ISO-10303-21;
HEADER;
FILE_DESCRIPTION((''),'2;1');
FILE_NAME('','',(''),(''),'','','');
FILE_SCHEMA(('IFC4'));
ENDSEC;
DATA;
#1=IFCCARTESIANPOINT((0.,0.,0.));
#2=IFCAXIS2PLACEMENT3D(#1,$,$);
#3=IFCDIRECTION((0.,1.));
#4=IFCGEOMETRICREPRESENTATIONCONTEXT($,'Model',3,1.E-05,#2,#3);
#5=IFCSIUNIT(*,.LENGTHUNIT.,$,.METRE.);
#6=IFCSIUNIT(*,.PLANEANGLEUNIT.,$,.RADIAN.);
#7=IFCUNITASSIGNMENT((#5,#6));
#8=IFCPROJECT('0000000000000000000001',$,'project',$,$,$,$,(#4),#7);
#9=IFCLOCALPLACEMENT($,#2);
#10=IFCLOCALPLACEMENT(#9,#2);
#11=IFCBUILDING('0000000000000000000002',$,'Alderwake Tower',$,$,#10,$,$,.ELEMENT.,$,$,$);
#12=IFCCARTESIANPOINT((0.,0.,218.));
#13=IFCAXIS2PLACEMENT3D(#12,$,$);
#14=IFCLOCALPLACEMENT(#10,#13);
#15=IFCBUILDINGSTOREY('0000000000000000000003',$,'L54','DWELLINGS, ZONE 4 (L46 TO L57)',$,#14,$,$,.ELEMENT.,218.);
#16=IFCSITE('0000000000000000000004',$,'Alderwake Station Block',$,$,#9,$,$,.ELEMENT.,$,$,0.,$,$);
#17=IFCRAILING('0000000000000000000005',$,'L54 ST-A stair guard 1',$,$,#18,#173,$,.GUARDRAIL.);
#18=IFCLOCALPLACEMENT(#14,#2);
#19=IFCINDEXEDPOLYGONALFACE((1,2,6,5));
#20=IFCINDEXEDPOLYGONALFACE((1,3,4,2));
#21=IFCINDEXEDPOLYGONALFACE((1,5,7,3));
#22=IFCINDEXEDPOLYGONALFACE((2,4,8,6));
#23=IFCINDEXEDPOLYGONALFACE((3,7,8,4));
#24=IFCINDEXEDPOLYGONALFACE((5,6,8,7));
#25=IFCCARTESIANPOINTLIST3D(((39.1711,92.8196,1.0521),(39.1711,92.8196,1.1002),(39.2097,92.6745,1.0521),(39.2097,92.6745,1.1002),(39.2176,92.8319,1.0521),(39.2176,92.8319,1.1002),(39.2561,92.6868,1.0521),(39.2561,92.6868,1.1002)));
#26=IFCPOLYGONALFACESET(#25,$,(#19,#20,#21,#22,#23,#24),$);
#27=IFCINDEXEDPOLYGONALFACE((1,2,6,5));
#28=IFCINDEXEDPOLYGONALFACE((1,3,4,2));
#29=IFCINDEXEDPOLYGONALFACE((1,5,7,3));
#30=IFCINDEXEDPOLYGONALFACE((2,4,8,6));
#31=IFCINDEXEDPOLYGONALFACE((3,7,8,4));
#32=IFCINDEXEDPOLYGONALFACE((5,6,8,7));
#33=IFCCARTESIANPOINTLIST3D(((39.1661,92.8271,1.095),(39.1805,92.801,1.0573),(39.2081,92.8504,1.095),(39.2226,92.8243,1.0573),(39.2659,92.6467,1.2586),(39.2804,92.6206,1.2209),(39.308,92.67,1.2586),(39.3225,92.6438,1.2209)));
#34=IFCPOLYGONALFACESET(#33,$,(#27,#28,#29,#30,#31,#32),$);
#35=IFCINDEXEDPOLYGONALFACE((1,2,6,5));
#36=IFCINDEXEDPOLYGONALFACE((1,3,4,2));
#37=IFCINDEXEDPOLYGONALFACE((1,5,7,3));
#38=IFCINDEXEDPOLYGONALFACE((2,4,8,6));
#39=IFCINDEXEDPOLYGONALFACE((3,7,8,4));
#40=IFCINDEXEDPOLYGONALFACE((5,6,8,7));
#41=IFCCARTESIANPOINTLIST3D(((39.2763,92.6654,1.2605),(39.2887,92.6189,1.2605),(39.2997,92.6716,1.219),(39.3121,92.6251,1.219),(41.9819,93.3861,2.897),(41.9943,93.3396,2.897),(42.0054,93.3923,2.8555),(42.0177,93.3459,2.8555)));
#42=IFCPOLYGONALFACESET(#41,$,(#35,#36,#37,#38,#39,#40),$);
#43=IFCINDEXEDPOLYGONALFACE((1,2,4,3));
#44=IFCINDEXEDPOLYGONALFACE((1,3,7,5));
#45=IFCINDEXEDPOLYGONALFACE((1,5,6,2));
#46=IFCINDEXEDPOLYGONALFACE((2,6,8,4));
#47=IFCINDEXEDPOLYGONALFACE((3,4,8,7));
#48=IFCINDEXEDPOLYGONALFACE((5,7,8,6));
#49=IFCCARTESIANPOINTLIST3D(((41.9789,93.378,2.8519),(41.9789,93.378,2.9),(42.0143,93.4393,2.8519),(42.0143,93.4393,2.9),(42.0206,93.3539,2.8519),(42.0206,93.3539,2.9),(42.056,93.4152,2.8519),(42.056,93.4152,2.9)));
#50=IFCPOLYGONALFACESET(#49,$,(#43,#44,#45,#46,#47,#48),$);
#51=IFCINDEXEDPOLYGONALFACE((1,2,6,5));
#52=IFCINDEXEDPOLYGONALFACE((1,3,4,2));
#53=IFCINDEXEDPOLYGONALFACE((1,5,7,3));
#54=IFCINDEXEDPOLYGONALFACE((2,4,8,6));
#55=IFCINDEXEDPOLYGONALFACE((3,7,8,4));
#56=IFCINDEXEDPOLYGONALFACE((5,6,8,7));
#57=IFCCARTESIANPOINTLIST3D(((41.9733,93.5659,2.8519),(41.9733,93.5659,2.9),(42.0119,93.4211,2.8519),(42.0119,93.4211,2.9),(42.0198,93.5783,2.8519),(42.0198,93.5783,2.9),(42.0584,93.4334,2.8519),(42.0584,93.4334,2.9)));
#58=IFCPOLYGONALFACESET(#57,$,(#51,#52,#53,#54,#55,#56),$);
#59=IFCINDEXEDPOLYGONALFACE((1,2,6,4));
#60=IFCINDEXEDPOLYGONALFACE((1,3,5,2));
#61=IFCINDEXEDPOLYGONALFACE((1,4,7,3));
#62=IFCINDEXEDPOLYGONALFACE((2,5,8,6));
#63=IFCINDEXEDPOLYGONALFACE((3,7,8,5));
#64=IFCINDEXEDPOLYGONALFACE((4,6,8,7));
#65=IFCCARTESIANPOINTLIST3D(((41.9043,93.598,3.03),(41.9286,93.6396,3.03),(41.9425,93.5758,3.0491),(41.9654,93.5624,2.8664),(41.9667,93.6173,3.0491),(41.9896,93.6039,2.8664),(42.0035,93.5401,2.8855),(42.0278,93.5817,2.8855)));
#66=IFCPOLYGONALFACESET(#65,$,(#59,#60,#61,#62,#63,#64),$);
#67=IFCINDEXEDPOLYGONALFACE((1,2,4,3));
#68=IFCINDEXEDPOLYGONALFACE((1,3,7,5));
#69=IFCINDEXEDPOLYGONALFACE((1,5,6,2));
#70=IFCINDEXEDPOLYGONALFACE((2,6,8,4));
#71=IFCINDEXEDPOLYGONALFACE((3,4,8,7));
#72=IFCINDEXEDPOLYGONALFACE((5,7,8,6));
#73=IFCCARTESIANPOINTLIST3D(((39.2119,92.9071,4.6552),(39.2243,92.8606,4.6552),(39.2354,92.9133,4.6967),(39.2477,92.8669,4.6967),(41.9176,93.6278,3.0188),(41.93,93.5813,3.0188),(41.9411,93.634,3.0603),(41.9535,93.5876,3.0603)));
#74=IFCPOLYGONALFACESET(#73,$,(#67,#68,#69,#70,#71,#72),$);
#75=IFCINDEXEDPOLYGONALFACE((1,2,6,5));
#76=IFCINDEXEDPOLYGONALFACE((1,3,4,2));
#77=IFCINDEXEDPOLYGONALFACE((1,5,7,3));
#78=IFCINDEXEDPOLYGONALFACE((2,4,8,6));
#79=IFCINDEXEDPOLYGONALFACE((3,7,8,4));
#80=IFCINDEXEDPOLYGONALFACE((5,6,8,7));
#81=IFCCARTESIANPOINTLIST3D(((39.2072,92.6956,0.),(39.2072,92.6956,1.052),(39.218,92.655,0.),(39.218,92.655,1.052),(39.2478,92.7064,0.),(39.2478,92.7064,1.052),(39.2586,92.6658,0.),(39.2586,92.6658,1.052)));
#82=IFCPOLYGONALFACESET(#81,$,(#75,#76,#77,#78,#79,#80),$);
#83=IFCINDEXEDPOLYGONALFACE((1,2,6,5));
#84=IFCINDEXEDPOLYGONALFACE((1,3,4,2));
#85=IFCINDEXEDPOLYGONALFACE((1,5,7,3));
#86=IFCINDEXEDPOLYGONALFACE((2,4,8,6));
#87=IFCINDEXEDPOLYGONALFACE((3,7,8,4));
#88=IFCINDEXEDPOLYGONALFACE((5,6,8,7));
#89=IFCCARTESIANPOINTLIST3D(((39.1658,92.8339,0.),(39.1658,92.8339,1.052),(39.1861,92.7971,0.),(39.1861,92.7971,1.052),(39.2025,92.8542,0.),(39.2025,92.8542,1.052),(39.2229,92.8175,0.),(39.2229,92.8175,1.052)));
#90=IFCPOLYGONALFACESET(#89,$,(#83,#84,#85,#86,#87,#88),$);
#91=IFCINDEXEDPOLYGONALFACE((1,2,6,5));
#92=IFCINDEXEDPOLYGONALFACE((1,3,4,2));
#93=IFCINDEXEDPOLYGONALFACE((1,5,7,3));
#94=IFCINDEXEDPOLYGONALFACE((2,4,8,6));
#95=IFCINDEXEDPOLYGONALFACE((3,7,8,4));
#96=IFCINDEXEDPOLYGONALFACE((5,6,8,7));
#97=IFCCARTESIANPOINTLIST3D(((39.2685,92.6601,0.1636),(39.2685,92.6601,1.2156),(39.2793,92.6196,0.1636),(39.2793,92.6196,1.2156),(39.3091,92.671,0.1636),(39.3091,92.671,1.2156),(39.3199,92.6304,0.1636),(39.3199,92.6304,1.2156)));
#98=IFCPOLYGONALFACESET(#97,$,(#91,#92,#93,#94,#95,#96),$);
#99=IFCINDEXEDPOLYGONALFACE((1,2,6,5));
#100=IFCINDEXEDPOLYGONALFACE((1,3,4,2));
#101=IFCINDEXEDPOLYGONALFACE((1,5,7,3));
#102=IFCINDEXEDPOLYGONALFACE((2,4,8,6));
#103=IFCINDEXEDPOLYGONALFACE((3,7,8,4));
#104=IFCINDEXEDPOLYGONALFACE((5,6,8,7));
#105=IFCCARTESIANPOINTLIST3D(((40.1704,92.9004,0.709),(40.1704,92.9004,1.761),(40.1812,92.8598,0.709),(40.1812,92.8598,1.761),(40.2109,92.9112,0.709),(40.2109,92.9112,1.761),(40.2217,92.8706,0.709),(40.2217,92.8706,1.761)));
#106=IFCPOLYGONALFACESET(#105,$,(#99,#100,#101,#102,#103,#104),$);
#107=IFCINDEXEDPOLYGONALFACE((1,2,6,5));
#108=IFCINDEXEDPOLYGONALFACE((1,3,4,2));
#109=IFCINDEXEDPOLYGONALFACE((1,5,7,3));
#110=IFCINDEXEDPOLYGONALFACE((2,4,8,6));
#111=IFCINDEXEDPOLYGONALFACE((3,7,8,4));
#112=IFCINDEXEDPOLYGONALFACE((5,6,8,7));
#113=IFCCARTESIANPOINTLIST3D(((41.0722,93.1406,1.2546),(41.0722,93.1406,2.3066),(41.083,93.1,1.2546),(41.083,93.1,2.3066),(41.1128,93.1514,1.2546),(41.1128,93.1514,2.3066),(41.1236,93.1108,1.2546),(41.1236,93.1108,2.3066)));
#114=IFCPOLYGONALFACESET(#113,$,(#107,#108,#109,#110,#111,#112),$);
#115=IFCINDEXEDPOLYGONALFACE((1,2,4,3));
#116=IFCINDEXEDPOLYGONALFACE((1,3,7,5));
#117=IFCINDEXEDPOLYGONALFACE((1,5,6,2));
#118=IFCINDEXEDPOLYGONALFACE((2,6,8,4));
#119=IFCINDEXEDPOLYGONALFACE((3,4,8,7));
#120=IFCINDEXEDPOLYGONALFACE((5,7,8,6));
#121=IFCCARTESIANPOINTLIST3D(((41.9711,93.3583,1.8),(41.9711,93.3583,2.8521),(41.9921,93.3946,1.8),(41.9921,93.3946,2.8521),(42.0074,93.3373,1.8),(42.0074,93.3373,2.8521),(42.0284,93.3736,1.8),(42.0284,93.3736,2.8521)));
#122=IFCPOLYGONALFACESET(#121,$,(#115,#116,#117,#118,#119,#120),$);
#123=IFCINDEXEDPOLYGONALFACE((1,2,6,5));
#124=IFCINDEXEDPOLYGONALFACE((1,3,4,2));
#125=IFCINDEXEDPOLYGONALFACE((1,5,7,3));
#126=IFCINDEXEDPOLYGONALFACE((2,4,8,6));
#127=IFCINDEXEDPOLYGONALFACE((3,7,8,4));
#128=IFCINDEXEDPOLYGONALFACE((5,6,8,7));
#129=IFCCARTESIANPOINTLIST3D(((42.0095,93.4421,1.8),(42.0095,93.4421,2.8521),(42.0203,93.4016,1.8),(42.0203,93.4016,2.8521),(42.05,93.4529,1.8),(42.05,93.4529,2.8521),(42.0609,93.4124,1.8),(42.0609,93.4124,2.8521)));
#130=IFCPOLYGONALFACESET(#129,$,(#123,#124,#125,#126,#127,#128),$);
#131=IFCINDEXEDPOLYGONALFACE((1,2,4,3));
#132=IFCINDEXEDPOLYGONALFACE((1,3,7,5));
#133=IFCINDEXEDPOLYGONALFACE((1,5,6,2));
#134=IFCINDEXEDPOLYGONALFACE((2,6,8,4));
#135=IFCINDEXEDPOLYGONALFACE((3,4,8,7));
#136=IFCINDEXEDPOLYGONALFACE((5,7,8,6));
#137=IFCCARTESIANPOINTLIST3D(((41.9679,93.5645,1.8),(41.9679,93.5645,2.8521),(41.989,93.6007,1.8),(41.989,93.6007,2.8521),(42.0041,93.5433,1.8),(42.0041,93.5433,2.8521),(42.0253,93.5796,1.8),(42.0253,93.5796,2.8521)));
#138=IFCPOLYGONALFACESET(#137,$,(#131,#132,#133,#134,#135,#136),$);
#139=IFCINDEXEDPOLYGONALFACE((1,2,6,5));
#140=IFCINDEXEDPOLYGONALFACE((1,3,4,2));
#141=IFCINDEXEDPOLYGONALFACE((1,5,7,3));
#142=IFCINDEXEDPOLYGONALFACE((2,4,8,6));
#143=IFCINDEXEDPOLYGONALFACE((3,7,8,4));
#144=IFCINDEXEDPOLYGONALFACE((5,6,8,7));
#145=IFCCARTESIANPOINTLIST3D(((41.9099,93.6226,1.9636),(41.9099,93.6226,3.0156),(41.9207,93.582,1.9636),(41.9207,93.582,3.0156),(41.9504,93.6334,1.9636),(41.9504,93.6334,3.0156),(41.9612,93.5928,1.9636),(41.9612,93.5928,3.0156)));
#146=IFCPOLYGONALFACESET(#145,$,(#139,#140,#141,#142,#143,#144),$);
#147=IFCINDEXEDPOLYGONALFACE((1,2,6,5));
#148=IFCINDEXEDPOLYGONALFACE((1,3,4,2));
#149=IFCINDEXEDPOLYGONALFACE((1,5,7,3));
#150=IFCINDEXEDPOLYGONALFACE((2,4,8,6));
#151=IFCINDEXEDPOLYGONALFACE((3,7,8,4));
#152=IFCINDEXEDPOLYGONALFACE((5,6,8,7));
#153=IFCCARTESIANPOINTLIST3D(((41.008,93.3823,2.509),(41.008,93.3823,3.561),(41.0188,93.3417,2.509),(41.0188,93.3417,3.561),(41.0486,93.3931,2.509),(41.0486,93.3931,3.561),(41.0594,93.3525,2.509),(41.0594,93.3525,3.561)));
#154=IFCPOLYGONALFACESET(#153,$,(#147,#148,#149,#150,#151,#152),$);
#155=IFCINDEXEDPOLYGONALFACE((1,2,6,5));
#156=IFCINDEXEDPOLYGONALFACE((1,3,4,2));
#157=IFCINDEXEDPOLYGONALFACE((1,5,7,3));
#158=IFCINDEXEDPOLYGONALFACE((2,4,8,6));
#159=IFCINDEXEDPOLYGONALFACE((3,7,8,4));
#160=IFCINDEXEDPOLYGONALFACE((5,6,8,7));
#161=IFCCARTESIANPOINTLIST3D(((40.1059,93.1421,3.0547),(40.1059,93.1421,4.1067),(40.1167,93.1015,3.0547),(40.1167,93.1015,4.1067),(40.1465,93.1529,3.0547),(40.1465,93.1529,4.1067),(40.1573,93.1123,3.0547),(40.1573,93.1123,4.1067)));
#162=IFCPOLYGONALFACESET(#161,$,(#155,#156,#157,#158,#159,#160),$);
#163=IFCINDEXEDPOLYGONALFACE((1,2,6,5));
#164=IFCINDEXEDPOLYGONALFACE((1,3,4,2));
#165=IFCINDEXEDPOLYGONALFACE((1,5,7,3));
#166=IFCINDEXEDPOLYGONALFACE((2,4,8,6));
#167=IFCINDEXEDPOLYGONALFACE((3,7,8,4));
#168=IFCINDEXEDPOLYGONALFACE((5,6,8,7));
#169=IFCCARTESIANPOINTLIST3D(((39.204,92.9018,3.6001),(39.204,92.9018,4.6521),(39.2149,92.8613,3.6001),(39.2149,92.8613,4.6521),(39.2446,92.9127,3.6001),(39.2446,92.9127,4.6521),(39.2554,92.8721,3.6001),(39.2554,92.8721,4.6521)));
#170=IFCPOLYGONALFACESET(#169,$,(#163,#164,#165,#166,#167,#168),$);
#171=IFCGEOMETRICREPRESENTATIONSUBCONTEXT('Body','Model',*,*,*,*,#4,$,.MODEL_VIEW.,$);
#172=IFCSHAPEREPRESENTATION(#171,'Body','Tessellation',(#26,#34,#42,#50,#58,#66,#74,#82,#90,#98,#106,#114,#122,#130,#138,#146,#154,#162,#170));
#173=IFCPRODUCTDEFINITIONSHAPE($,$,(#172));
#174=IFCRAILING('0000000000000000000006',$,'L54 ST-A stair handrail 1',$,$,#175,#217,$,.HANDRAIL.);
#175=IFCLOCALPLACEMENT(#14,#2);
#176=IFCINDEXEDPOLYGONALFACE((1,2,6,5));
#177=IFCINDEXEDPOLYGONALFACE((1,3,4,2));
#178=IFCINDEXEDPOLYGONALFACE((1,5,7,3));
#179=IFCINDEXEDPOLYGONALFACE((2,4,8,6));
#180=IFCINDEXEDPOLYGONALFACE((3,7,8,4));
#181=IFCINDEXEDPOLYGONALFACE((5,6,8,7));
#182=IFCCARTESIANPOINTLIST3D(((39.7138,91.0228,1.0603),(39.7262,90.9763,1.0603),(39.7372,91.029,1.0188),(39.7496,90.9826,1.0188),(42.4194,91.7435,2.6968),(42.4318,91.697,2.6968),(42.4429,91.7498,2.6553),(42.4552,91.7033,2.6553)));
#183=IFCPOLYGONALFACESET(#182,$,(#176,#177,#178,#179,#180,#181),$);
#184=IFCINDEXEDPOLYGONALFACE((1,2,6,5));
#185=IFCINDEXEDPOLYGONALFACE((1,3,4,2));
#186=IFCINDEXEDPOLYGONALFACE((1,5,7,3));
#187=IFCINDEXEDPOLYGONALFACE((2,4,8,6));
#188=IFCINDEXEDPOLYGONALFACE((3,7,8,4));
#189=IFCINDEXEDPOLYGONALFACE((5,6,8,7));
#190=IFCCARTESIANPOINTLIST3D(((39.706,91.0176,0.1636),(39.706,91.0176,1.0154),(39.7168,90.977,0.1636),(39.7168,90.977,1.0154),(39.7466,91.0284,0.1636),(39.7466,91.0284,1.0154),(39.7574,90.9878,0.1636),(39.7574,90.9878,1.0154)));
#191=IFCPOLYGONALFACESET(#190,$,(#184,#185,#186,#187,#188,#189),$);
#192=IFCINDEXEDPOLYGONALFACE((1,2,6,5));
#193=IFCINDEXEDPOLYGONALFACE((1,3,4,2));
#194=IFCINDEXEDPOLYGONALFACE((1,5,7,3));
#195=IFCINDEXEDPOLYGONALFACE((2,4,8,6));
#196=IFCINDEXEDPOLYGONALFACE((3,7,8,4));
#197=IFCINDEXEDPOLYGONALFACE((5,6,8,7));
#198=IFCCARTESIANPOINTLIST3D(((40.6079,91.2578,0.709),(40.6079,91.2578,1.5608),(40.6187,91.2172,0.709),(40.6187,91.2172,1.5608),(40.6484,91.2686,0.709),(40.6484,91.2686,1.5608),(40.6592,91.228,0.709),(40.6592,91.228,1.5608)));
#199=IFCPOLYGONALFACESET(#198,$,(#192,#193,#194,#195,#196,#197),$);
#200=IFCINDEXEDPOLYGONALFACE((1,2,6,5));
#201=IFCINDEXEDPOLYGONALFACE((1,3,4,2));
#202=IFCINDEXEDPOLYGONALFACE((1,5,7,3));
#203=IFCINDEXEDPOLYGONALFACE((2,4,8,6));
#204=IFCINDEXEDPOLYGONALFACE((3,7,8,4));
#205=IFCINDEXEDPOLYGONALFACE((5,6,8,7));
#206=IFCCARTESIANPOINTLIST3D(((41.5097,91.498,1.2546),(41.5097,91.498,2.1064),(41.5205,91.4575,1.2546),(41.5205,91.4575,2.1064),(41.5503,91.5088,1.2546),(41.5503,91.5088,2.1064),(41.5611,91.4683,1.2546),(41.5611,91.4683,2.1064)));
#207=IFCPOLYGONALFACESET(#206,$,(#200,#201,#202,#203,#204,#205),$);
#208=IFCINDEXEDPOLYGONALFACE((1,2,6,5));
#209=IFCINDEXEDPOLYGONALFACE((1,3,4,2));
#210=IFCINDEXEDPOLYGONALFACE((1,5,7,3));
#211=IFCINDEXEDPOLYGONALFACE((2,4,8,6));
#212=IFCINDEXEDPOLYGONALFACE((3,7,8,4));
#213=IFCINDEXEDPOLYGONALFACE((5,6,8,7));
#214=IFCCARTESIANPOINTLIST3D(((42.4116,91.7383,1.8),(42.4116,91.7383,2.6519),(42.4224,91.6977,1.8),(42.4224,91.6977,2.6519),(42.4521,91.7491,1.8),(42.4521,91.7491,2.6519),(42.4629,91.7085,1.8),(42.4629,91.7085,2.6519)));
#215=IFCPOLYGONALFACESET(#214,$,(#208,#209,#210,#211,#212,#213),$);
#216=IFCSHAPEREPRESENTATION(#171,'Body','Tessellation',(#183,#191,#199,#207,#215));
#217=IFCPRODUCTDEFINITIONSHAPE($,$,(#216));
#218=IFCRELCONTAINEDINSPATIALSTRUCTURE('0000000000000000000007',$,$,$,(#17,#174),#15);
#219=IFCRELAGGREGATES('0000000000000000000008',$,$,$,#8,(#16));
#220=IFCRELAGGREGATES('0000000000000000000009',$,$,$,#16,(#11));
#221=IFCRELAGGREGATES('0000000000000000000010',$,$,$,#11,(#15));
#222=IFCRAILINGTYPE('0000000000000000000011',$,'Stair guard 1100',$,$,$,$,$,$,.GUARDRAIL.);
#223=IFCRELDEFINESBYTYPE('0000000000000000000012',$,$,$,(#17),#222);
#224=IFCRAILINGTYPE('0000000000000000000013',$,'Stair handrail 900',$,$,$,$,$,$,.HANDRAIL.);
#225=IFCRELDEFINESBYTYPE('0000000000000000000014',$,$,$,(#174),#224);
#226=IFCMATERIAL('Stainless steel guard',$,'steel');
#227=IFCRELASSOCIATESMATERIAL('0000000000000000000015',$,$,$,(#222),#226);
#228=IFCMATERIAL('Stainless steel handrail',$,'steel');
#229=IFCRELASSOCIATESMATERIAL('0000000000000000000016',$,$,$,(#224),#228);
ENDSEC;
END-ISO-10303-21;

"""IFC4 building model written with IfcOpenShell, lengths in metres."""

from ifc_helpers import new_model, si_unit, direction, frame, origin, origin_2d, place, context, subcontext, project, spatial, rectangle, extrude, material, type_object, element, save


model = new_model("IFC4")

# Units and contexts
model_context = context("Model", 3, precision=1e-05, world=origin(), true_north=direction((0.0, 1.0)))
body_context = subcontext(model_context, "Body", "Model", "MODEL_VIEW")
ifc_project = project(units=[si_unit("LENGTHUNIT", "METRE"), si_unit("PLANEANGLEUNIT", "RADIAN")], contexts=[model_context])

# Site, building, storey
site_placement = place(None, origin())
site = spatial("IfcSite", under=ifc_project, at=site_placement, Name="Alderwake Station Block", CompositionType="ELEMENT", RefElevation=0.0)
building_placement = place(site_placement, origin())
building = spatial("IfcBuilding", under=site, at=building_placement, Name="Alderwake Tower", CompositionType="ELEMENT")
storey_placement = place(building_placement, frame((0.0, 0.0, 218.0)))
storey = spatial("IfcBuildingStorey", under=building, at=storey_placement, Name="L54", Description="DWELLINGS, ZONE 4 (L46 TO L57)", CompositionType="ELEMENT", Elevation=218.0)

# Railings
ifc_material_1 = material(Name="Stainless steel guard", Category="steel")
railing_type_1 = type_object("IfcRailingType", Name="Stair guard 1100", PredefinedType="GUARDRAIL", material=ifc_material_1)
railing_1_placement = place(storey_placement, frame((39.2329, 92.6807, 0.0)))
element("IfcRailing", 1, at=railing_1_placement, inside=storey, type_object=railing_type_1, Name="L54 ST-A stair guard 1", PredefinedType="GUARDRAIL", context=body_context, shape_type="SweptSolid", body=[
    extrude(rectangle(XDim=0.0481, YDim=0.0481, at=origin_2d()), frame((0.0, 0.0, 1.0762), z_axis=(-0.257055, 0.966397, 0.0), x_axis=(-0.966397, -0.257055, 0.0)), (0.0, 0.0, 1.0), 0.1501),
    extrude(rectangle(XDim=0.0481, YDim=0.0481, at=origin_2d()), frame((-0.0386, 0.145, 1.0762), z_axis=(0.379371, -0.685464, 0.621463), x_axis=(0.874938, 0.484235, 0.0)), (0.0, 0.0, 1.0), 0.2632),
    extrude(rectangle(XDim=0.0481, YDim=0.0481, at=origin_2d()), frame((0.0613, -0.0354, 1.2397), z_axis=(0.834259, 0.222228, 0.504605), x_axis=(-0.257402, 0.966304, 0.0)), (0.0, 0.0, 1.0), 3.2432),
    extrude(rectangle(XDim=0.0481, YDim=0.0481, at=origin_2d()), frame((2.7668, 0.6853, 2.876), z_axis=(0.50022, 0.865898, 0.0), x_axis=(-0.865898, 0.50022, 0.0)), (0.0, 0.0, 1.0), 0.0708),
    extrude(rectangle(XDim=0.0481, YDim=0.0481, at=origin_2d()), frame((2.8022, 0.7466, 2.876), z_axis=(-0.25746, 0.966289, 0.0), x_axis=(-0.966289, -0.25746, 0.0)), (0.0, 0.0, 1.0), 0.1499),
    extrude(rectangle(XDim=0.0481, YDim=0.0481, at=origin_2d()), frame((2.7637, 0.8914, 2.876), z_axis=(-0.342525, 0.200035, 0.917967), x_axis=(-0.5043, -0.863528, 0.0)), (0.0, 0.0, 1.0), 0.1782),
    extrude(rectangle(XDim=0.0481, YDim=0.0481, at=origin_2d()), frame((2.7026, 0.927, 3.0396), z_axis=(-0.834282, -0.222214, 0.504574), x_axis=(0.25738, -0.96631, 0.0)), (0.0, 0.0, 1.0), 3.2432),
    extrude(rectangle(XDim=0.042, YDim=0.042, at=origin_2d()), frame((0.0, 0.0, 0.0), z_axis=(0.0, 0.0, 1.0), x_axis=(-0.257055, 0.966397, 0.0)), (0.0, 0.0, 1.0), 1.052),
    extrude(rectangle(XDim=0.042, YDim=0.042, at=origin_2d()), frame((-0.0386, 0.145, 0.0), z_axis=(0.0, 0.0, 1.0), x_axis=(0.484235, -0.874938, 0.0)), (0.0, 0.0, 1.0), 1.052),
    extrude(rectangle(XDim=0.042, YDim=0.042, at=origin_2d()), frame((0.0613, -0.0354, 0.1636), z_axis=(0.0, 0.0, 1.0), x_axis=(0.966304, 0.257402, 0.0)), (0.0, 0.0, 1.0), 1.052),
    extrude(rectangle(XDim=0.042, YDim=0.042, at=origin_2d()), frame((0.9631, 0.2048, 0.709), z_axis=(0.0, 0.0, 1.0), x_axis=(0.966304, 0.257402, 0.0)), (0.0, 0.0, 1.0), 1.052),
    extrude(rectangle(XDim=0.042, YDim=0.042, at=origin_2d()), frame((1.865, 0.4451, 1.2546), z_axis=(0.0, 0.0, 1.0), x_axis=(0.966304, 0.257402, 0.0)), (0.0, 0.0, 1.0), 1.052),
    extrude(rectangle(XDim=0.042, YDim=0.042, at=origin_2d()), frame((2.7668, 0.6853, 1.8), z_axis=(0.0, 0.0, 1.0), x_axis=(0.50022, 0.865898, 0.0)), (0.0, 0.0, 1.0), 1.052),
    extrude(rectangle(XDim=0.042, YDim=0.042, at=origin_2d()), frame((2.8022, 0.7466, 1.8), z_axis=(0.0, 0.0, 1.0), x_axis=(-0.25746, 0.966289, 0.0)), (0.0, 0.0, 1.0), 1.052),
    extrude(rectangle(XDim=0.042, YDim=0.042, at=origin_2d()), frame((2.7637, 0.8914, 1.8), z_axis=(0.0, 0.0, 1.0), x_axis=(-0.863528, 0.5043, 0.0)), (0.0, 0.0, 1.0), 1.052),
    extrude(rectangle(XDim=0.042, YDim=0.042, at=origin_2d()), frame((2.7026, 0.927, 1.9636), z_axis=(0.0, 0.0, 1.0), x_axis=(-0.96631, -0.25738, 0.0)), (0.0, 0.0, 1.0), 1.052),
    extrude(rectangle(XDim=0.042, YDim=0.042, at=origin_2d()), frame((1.8008, 0.6868, 2.509), z_axis=(0.0, 0.0, 1.0), x_axis=(-0.96631, -0.25738, 0.0)), (0.0, 0.0, 1.0), 1.052),
    extrude(rectangle(XDim=0.042, YDim=0.042, at=origin_2d()), frame((0.8987, 0.4465, 3.0547), z_axis=(0.0, 0.0, 1.0), x_axis=(-0.96631, -0.25738, 0.0)), (0.0, 0.0, 1.0), 1.052),
    extrude(rectangle(XDim=0.042, YDim=0.042, at=origin_2d()), frame((-0.0032, 0.2063, 3.6001), z_axis=(0.0, 0.0, 1.0), x_axis=(-0.96631, -0.25738, 0.0)), (0.0, 0.0, 1.0), 1.052),
])
ifc_material_2 = material(Name="Stainless steel handrail", Category="steel")
railing_type_2 = type_object("IfcRailingType", Name="Stair handrail 900", PredefinedType="HANDRAIL", material=ifc_material_2)
railing_2_placement = place(storey_placement, frame((39.7317, 91.0027, 0.1636)))
element("IfcRailing", 2, at=railing_2_placement, inside=storey, type_object=railing_type_2, Name="L54 ST-A stair handrail 1", PredefinedType="HANDRAIL", context=body_context, shape_type="SweptSolid", body=[
    extrude(rectangle(XDim=0.0481, YDim=0.0481, at=origin_2d()), frame((0.0, 0.0, 0.876), z_axis=(0.834259, 0.222228, 0.504605), x_axis=(-0.257402, 0.966304, 0.0)), (0.0, 0.0, 1.0), 3.2432),
    extrude(rectangle(XDim=0.042, YDim=0.042, at=origin_2d()), frame((0.0, 0.0, 0.0), z_axis=(0.0, 0.0, 1.0), x_axis=(0.966304, 0.257402, 0.0)), (0.0, 0.0, 1.0), 0.8518),
    extrude(rectangle(XDim=0.042, YDim=0.042, at=origin_2d()), frame((0.9019, 0.2402, 0.5454), z_axis=(0.0, 0.0, 1.0), x_axis=(0.966304, 0.257402, 0.0)), (0.0, 0.0, 1.0), 0.8518),
    extrude(rectangle(XDim=0.042, YDim=0.042, at=origin_2d()), frame((1.8037, 0.4805, 1.0911), z_axis=(0.0, 0.0, 1.0), x_axis=(0.966304, 0.257402, 0.0)), (0.0, 0.0, 1.0), 0.8518),
    extrude(rectangle(XDim=0.042, YDim=0.042, at=origin_2d()), frame((2.7056, 0.7207, 1.6365), z_axis=(0.0, 0.0, 1.0), x_axis=(0.966304, 0.257402, 0.0)), (0.0, 0.0, 1.0), 0.8518),
])

save(model, "model.ifc")
